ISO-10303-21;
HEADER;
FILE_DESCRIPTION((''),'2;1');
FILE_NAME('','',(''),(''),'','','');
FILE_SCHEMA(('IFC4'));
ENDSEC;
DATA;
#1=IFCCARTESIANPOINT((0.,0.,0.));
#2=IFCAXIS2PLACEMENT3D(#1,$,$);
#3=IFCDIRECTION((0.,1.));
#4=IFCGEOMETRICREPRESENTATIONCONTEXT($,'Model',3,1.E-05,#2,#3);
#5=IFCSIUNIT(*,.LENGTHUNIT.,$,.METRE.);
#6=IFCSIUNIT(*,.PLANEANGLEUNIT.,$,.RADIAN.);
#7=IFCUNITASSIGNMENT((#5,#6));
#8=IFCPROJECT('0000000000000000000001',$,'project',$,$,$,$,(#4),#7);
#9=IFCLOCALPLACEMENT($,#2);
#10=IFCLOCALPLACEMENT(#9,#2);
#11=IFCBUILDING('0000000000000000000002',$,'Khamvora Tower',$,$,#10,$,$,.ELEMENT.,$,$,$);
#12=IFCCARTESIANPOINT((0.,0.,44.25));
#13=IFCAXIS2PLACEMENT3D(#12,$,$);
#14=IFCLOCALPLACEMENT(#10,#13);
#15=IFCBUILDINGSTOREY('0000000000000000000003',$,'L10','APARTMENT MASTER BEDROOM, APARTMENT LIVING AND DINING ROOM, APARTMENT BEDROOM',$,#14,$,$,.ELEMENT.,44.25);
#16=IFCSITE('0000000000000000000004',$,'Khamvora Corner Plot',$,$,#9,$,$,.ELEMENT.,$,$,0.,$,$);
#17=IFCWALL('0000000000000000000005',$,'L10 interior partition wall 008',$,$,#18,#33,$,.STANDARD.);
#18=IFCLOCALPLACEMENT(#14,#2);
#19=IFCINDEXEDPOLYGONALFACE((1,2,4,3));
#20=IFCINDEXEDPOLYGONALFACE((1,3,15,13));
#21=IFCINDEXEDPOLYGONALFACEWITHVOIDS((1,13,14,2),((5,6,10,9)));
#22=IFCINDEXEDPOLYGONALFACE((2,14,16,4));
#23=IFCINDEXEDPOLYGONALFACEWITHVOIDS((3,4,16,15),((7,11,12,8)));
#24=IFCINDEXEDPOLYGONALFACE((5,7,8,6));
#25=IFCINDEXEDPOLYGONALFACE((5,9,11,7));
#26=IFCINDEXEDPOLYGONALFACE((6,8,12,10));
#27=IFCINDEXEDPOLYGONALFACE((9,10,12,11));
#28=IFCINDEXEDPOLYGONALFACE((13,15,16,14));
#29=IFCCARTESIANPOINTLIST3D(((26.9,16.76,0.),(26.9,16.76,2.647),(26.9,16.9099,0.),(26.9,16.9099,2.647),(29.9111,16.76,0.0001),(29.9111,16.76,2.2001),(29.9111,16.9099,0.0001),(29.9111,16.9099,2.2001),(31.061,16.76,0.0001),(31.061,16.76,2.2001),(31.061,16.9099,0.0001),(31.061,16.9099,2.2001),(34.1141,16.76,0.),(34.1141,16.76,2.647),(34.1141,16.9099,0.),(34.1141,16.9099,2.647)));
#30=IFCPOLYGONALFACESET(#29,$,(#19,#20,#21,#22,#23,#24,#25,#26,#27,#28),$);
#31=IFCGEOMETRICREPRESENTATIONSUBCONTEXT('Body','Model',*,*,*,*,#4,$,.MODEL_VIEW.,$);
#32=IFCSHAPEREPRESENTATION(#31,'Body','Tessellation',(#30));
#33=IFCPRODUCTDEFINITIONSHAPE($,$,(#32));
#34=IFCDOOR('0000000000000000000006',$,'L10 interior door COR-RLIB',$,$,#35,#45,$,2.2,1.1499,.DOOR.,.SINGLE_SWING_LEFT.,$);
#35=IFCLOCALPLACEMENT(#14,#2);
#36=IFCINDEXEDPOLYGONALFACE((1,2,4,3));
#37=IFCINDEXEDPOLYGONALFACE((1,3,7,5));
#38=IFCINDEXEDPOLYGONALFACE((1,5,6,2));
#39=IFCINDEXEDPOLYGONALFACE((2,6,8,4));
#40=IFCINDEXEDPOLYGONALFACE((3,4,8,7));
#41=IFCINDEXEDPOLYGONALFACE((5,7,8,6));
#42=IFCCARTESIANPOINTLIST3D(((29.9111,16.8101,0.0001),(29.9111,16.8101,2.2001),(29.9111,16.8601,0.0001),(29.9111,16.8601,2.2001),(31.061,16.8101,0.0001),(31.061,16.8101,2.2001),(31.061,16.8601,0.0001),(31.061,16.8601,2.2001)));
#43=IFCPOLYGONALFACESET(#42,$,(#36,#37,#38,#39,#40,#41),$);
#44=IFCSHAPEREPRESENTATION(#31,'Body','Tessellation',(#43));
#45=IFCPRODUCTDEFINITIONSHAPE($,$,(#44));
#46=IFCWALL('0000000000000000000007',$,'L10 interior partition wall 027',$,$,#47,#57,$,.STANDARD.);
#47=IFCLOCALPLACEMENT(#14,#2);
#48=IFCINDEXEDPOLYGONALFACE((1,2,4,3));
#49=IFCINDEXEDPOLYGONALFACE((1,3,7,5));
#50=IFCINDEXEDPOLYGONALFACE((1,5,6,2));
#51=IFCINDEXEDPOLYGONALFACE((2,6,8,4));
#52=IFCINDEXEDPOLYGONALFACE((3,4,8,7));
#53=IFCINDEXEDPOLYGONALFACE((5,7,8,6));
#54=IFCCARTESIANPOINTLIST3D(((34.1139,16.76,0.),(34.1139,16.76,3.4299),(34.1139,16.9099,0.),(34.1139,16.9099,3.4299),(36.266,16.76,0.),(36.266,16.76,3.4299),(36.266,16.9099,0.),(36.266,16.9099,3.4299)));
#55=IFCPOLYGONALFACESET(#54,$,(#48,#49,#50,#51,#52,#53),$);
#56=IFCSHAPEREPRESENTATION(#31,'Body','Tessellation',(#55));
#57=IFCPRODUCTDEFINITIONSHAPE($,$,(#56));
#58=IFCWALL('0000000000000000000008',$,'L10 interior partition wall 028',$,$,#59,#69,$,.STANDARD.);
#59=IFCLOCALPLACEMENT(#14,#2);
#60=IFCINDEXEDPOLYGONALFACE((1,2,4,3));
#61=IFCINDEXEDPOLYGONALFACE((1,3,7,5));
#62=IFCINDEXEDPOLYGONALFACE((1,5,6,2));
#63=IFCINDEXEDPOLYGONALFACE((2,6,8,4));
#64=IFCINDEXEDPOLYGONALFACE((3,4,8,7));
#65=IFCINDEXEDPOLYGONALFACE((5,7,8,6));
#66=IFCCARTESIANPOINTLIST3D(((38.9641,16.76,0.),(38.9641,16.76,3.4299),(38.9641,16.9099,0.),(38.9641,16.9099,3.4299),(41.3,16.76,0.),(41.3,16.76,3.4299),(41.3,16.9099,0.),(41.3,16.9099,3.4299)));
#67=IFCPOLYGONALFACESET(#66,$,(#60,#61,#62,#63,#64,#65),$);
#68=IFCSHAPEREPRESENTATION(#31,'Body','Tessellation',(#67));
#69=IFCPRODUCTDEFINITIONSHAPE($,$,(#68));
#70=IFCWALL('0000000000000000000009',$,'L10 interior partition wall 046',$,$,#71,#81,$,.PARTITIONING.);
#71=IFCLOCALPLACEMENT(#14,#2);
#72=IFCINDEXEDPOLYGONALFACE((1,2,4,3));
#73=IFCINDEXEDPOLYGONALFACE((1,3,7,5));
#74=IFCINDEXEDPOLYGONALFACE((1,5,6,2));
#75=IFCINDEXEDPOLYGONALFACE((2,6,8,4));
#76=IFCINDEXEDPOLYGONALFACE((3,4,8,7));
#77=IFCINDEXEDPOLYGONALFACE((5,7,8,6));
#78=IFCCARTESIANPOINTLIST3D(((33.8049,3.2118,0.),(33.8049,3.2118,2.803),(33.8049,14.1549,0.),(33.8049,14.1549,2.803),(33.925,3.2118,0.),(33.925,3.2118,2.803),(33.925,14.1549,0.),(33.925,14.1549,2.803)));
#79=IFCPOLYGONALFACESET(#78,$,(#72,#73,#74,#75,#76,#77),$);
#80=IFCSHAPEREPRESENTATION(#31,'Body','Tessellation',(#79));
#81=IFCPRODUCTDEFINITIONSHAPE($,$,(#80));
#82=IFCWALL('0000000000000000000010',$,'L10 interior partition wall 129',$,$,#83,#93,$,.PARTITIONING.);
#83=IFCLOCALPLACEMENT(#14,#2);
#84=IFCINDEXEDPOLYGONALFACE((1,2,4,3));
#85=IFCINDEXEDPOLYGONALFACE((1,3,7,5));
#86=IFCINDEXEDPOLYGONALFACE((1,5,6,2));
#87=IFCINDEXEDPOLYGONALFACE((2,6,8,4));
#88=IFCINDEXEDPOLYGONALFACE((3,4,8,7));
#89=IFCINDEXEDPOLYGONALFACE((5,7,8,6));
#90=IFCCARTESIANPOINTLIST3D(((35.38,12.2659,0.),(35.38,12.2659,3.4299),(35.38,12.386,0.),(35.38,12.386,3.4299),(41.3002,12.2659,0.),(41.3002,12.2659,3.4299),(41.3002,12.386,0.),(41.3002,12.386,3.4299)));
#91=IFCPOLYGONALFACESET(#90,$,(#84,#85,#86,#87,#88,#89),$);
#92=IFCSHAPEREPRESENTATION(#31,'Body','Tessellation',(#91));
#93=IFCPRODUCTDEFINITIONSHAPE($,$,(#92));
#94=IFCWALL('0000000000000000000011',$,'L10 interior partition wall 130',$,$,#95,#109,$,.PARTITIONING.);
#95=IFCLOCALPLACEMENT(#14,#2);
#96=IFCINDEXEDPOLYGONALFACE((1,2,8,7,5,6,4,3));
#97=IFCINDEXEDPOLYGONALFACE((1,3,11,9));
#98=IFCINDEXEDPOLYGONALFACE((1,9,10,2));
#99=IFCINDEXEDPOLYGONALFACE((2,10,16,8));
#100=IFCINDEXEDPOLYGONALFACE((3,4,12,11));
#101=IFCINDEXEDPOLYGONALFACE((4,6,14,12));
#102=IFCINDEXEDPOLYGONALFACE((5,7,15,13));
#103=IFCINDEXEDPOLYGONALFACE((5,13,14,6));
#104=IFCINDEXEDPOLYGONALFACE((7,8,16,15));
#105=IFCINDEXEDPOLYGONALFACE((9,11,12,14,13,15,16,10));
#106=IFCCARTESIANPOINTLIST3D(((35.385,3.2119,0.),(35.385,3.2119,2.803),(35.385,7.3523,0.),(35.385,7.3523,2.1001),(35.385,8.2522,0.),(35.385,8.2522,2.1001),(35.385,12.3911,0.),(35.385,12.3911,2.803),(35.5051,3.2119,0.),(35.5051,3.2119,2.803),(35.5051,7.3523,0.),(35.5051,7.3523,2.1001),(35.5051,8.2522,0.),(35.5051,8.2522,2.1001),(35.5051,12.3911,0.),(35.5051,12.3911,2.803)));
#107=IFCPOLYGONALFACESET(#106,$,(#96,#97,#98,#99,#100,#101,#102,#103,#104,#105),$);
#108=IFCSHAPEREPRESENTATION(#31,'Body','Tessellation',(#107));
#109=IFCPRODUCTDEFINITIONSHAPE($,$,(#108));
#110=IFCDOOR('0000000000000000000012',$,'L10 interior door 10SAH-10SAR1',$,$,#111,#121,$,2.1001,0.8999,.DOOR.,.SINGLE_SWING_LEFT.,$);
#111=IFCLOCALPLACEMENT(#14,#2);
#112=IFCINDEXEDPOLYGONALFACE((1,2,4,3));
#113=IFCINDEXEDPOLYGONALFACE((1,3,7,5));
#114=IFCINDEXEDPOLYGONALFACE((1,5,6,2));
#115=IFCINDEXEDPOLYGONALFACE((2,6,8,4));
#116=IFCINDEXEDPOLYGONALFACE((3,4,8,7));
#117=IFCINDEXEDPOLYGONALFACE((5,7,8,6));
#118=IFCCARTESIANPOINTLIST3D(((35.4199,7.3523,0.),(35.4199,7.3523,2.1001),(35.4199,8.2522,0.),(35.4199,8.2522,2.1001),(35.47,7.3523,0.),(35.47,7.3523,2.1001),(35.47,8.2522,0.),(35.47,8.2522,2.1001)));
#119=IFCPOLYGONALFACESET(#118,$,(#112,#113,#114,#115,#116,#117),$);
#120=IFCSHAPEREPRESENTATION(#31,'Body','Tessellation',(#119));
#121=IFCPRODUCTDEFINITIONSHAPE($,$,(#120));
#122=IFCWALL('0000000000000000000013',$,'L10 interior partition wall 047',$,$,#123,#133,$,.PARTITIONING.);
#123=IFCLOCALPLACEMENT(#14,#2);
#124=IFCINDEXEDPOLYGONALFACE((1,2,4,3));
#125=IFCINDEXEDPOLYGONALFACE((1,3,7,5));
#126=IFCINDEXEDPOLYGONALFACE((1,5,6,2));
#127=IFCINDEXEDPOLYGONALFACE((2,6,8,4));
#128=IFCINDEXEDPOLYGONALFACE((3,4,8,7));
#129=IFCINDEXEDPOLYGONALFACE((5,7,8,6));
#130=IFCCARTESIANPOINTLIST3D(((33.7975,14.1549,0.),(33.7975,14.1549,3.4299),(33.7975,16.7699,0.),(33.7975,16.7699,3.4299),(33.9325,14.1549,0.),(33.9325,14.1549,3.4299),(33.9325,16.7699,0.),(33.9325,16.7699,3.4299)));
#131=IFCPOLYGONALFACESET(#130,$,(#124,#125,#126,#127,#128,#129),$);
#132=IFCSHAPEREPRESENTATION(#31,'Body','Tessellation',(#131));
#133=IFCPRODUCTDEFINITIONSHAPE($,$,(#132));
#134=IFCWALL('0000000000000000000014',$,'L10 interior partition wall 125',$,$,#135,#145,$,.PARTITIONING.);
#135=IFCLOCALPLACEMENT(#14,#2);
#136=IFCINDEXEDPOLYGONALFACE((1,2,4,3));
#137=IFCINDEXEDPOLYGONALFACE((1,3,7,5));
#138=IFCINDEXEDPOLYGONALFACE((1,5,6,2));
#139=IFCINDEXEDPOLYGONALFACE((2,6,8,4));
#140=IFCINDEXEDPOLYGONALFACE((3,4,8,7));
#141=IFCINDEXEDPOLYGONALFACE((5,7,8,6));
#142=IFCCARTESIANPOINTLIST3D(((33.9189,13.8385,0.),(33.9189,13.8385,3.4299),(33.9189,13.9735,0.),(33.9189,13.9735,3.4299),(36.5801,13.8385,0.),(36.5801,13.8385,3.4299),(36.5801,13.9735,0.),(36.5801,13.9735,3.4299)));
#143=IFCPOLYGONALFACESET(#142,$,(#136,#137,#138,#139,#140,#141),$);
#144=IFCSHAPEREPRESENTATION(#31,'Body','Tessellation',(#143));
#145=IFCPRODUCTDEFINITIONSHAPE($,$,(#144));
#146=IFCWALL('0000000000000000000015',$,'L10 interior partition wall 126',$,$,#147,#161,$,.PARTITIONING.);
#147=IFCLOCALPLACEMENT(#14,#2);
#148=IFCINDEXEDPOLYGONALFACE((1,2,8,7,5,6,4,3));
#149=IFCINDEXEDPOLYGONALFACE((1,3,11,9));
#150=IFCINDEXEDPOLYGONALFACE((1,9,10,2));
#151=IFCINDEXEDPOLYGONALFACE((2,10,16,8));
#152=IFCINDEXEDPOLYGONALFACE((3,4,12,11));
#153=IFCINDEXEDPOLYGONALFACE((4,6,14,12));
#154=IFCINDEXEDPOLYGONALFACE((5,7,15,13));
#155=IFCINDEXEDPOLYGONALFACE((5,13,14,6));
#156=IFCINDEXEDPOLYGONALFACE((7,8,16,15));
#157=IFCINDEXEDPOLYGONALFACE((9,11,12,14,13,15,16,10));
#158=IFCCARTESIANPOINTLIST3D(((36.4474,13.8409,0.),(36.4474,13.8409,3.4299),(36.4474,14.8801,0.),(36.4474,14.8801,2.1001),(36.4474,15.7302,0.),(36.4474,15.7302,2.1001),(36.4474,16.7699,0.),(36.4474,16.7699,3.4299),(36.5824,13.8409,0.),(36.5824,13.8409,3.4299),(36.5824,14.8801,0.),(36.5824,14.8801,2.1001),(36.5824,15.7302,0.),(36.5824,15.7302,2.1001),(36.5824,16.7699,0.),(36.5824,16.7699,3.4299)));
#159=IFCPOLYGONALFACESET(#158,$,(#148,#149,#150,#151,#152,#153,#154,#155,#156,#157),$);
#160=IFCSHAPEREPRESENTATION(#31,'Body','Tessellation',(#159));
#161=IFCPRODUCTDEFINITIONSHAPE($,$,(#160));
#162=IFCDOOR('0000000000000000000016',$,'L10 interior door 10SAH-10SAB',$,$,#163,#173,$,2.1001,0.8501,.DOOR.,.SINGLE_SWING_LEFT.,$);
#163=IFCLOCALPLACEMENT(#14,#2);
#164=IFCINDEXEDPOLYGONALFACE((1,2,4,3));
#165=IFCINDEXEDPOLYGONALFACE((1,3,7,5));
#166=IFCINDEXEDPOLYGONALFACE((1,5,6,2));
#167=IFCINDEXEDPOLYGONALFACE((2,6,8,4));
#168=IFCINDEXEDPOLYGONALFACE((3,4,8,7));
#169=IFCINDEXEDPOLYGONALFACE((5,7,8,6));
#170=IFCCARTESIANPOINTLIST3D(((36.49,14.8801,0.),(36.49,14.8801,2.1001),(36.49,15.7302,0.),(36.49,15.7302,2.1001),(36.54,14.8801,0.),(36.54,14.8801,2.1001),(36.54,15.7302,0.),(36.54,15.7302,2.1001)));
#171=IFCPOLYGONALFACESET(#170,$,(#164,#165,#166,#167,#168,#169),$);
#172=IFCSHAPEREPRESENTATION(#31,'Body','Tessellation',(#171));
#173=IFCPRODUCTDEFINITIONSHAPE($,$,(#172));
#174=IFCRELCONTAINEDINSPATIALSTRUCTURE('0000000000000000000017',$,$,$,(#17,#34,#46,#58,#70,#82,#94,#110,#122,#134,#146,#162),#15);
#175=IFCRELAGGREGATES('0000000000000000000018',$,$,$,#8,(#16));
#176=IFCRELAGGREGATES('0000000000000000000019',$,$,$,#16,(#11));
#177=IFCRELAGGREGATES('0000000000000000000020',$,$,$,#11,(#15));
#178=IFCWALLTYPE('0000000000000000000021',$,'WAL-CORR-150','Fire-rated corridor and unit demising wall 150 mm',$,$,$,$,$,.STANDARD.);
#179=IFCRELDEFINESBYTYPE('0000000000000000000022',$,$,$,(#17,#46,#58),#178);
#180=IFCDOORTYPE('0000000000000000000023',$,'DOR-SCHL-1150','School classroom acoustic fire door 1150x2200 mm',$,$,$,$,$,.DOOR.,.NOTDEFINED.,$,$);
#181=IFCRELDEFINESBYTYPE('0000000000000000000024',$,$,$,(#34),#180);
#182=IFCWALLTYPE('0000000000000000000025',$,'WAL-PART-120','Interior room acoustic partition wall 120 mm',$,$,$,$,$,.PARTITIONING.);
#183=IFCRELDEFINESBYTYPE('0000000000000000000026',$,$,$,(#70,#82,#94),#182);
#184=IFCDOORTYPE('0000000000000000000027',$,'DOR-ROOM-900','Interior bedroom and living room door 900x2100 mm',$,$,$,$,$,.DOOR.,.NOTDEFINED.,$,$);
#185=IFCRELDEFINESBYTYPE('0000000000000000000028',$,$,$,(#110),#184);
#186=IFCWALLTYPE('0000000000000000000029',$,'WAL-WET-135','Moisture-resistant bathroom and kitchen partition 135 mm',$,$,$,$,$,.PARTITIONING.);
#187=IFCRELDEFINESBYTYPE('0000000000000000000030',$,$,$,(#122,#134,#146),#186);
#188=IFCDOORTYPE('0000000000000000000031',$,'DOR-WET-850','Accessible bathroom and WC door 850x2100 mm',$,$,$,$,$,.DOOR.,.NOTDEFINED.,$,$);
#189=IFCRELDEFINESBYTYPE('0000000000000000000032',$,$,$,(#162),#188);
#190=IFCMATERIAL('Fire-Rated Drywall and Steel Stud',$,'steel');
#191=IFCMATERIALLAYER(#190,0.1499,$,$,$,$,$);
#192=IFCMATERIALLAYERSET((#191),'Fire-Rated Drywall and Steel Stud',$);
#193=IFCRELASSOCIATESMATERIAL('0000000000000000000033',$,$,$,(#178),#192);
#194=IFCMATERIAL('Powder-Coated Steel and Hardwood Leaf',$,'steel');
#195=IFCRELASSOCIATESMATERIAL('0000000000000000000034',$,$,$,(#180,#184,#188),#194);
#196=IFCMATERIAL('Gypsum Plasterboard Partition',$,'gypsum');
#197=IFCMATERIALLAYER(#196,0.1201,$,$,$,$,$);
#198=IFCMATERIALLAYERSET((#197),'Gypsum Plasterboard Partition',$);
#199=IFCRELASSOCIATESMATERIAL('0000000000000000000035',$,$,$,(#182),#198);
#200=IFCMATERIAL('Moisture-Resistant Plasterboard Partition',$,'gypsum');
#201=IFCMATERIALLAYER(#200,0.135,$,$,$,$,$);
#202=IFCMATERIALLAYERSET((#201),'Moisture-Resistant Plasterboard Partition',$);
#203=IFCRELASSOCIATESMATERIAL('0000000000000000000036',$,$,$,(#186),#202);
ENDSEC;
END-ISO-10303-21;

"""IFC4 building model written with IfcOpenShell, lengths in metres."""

from ifc_helpers import new_model, si_unit, direction, frame, frame_2d, origin, place, context, subcontext, project, spatial, rectangle, extrude, material, layer, layer_set, type_object, element, fill, save


model = new_model("IFC4")

# Units and contexts
model_context = context("Model", 3, precision=1e-05, world=origin(), true_north=direction((0.0, 1.0)))
body_context = subcontext(model_context, "Body", "Model", "MODEL_VIEW")
ifc_project = project(units=[si_unit("LENGTHUNIT", "METRE"), si_unit("PLANEANGLEUNIT", "RADIAN")], contexts=[model_context])

# Site, building, storey
site_placement = place(None, origin())
site = spatial("IfcSite", under=ifc_project, at=site_placement, Name="Khamvora Corner Plot", CompositionType="ELEMENT", RefElevation=0.0)
building_placement = place(site_placement, origin())
building = spatial("IfcBuilding", under=site, at=building_placement, Name="Khamvora Tower", CompositionType="ELEMENT")
storey_placement = place(building_placement, frame((0.0, 0.0, 44.25)))
storey = spatial("IfcBuildingStorey", under=building, at=storey_placement, Name="L10", Description="APARTMENT MASTER BEDROOM, APARTMENT LIVING AND DINING ROOM, APARTMENT BEDROOM", CompositionType="ELEMENT", Elevation=44.25)

# Wall, opening, door
ifc_material_1 = material(Name="Powder-Coated Steel and Hardwood Leaf", Category="steel")
ifc_material_2 = material(Name="Fire-Rated Drywall and Steel Stud", Category="steel")
ifc_layer_1 = layer(ifc_material_2, 0.1499)
ifc_layer_set_1 = layer_set([ifc_layer_1], Name="Fire-Rated Drywall and Steel Stud")
wall_type_1 = type_object("IfcWallType", Name="WAL-CORR-150", Description="Fire-rated corridor and unit demising wall 150 mm", PredefinedType="STANDARD", material=ifc_layer_set_1)
wall_1_placement = place(storey_placement, frame((34.114, 16.835, 0.0), z_axis=(0.0, 0.0, 1.0), x_axis=(-1.0, 0.0, 0.0)))
wall_1 = element("IfcWall", 1, at=wall_1_placement, inside=storey, type_object=wall_type_1, Name="L10 interior partition wall 008", PredefinedType="STANDARD", context=body_context, shape_type="SweptSolid", body=[
    extrude(rectangle(XDim=7.2141, YDim=0.1499, at=frame_2d((3.6069, 0.0))), origin(), (0.0, 0.0, 1.0), 2.647),
])
opening_1_placement = place(wall_1_placement, frame((3.053, 0.0, 0.0)))
opening_1 = element("IfcOpeningElement", 2, at=opening_1_placement, cuts=wall_1, PredefinedType="OPENING", context=body_context, shape_type="SweptSolid", body=[
    extrude(rectangle(XDim=1.1499, YDim=2.2, at=frame_2d((0.575, 1.1001))), frame((0.0, 0.085, 0.0), z_axis=(0.0, -1.0, 0.0), x_axis=(1.0, 0.0, 0.0)), (0.0, 0.0, 1.0), 0.1699),
])
door_type_1 = type_object("IfcDoorType", Name="DOR-SCHL-1150", Description="School classroom acoustic fire door 1150x2200 mm", OperationType="NOTDEFINED", PredefinedType="DOOR", material=ifc_material_1)
door_1_placement = place(opening_1_placement, origin())
door_1 = element("IfcDoor", 3, at=door_1_placement, inside=storey, type_object=door_type_1, Name="L10 interior door COR-RLIB", OperationType="SINGLE_SWING_LEFT", OverallHeight=2.2, OverallWidth=1.1499, PredefinedType="DOOR", context=body_context, shape_type="SweptSolid", body=[
    extrude(rectangle(XDim=1.1499, YDim=2.2, at=frame_2d((0.575, 1.1001))), frame((0.0, 0.0249, 0.0), z_axis=(0.0, -1.0, 0.0), x_axis=(1.0, 0.0, 0.0)), (0.0, 0.0, 1.0), 0.05),
])
fill(opening_1, door_1)

# Walls
wall_2_placement = place(storey_placement, frame((36.2661, 16.835, 0.0), z_axis=(0.0, 0.0, 1.0), x_axis=(-1.0, 0.0, 0.0)))
element("IfcWall", 4, at=wall_2_placement, inside=storey, type_object=wall_type_1, Name="L10 interior partition wall 027", PredefinedType="STANDARD", context=body_context, shape_type="SweptSolid", body=[
    extrude(rectangle(XDim=2.1521, YDim=0.1499, at=frame_2d((1.0762, 0.0))), origin(), (0.0, 0.0, 1.0), 3.4299),
])
wall_3_placement = place(storey_placement, frame((41.3, 16.835, 0.0), z_axis=(0.0, 0.0, 1.0), x_axis=(-1.0, 0.0, 0.0)))
element("IfcWall", 5, at=wall_3_placement, inside=storey, type_object=wall_type_1, Name="L10 interior partition wall 028", PredefinedType="STANDARD", context=body_context, shape_type="SweptSolid", body=[
    extrude(rectangle(XDim=2.3359, YDim=0.1499, at=frame_2d((1.168, 0.0))), origin(), (0.0, 0.0, 1.0), 3.4299),
])
ifc_material_3 = material(Name="Gypsum Plasterboard Partition", Category="gypsum")
ifc_layer_2 = layer(ifc_material_3, 0.1201)
ifc_layer_set_2 = layer_set([ifc_layer_2], Name="Gypsum Plasterboard Partition")
wall_type_2 = type_object("IfcWallType", Name="WAL-PART-120", Description="Interior room acoustic partition wall 120 mm", PredefinedType="PARTITIONING", material=ifc_layer_set_2)
wall_4_placement = place(storey_placement, frame((33.865, 14.155, 0.0), z_axis=(0.0, 0.0, 1.0), x_axis=(0.0, -1.0, 0.0)))
element("IfcWall", 6, at=wall_4_placement, inside=storey, type_object=wall_type_2, Name="L10 interior partition wall 046", PredefinedType="PARTITIONING", context=body_context, shape_type="SweptSolid", body=[
    extrude(rectangle(XDim=10.9431, YDim=0.1201, at=frame_2d((5.4717, 0.0))), origin(), (0.0, 0.0, 1.0), 2.803),
])
wall_5_placement = place(storey_placement, frame((41.3, 12.3259, 0.0), z_axis=(0.0, 0.0, 1.0), x_axis=(-1.0, 0.0, 0.0)))
element("IfcWall", 7, at=wall_5_placement, inside=storey, type_object=wall_type_2, Name="L10 interior partition wall 129", PredefinedType="PARTITIONING", context=body_context, shape_type="SweptSolid", body=[
    extrude(rectangle(XDim=5.9202, YDim=0.1201, at=frame_2d((2.96, 0.0))), origin(), (0.0, 0.0, 1.0), 3.4299),
])

# Wall, opening, door
wall_6_placement = place(storey_placement, frame((35.4451, 12.3911, 0.0), z_axis=(0.0, 0.0, 1.0), x_axis=(0.0, -1.0, 0.0)))
wall_6 = element("IfcWall", 8, at=wall_6_placement, inside=storey, type_object=wall_type_2, Name="L10 interior partition wall 130", PredefinedType="PARTITIONING", context=body_context, shape_type="SweptSolid", body=[
    extrude(rectangle(XDim=9.1792, YDim=0.1201, at=frame_2d((4.5896, 0.0))), origin(), (0.0, 0.0, 1.0), 2.803),
])
opening_2_placement = place(wall_6_placement, frame((4.1389, 0.0, 0.0)))
opening_2 = element("IfcOpeningElement", 9, at=opening_2_placement, cuts=wall_6, PredefinedType="OPENING", context=body_context, shape_type="SweptSolid", body=[
    extrude(rectangle(XDim=0.8999, YDim=2.1001, at=frame_2d((0.45, 1.05))), frame((0.0, 0.0701, 0.0), z_axis=(0.0, -1.0, 0.0), x_axis=(1.0, 0.0, 0.0)), (0.0, 0.0, 1.0), 0.1401),
])
door_type_2 = type_object("IfcDoorType", Name="DOR-ROOM-900", Description="Interior bedroom and living room door 900x2100 mm", OperationType="NOTDEFINED", PredefinedType="DOOR", material=ifc_material_1)
door_2_placement = place(opening_2_placement, origin())
door_2 = element("IfcDoor", 10, at=door_2_placement, inside=storey, type_object=door_type_2, Name="L10 interior door 10SAH-10SAR1", OperationType="SINGLE_SWING_LEFT", OverallHeight=2.1001, OverallWidth=0.8999, PredefinedType="DOOR", context=body_context, shape_type="SweptSolid", body=[
    extrude(rectangle(XDim=0.8999, YDim=2.1001, at=frame_2d((0.45, 1.05))), frame((0.0, 0.0249, 0.0), z_axis=(0.0, -1.0, 0.0), x_axis=(1.0, 0.0, 0.0)), (0.0, 0.0, 1.0), 0.05),
])
fill(opening_2, door_2)

# Walls
ifc_material_4 = material(Name="Moisture-Resistant Plasterboard Partition", Category="gypsum")
ifc_layer_3 = layer(ifc_material_4, 0.135)
ifc_layer_set_3 = layer_set([ifc_layer_3], Name="Moisture-Resistant Plasterboard Partition")
wall_type_3 = type_object("IfcWallType", Name="WAL-WET-135", Description="Moisture-resistant bathroom and kitchen partition 135 mm", PredefinedType="PARTITIONING", material=ifc_layer_set_3)
wall_7_placement = place(storey_placement, frame((33.865, 16.77, 0.0), z_axis=(0.0, 0.0, 1.0), x_axis=(0.0, -1.0, 0.0)))
element("IfcWall", 11, at=wall_7_placement, inside=storey, type_object=wall_type_3, Name="L10 interior partition wall 047", PredefinedType="PARTITIONING", context=body_context, shape_type="SweptSolid", body=[
    extrude(rectangle(XDim=2.615, YDim=0.135, at=frame_2d((1.3076, 0.0))), origin(), (0.0, 0.0, 1.0), 3.4299),
])
wall_8_placement = place(storey_placement, frame((33.9189, 13.906, 0.0), z_axis=(0.0, 0.0, 1.0), x_axis=(1.0, 0.0, 0.0)))
element("IfcWall", 12, at=wall_8_placement, inside=storey, type_object=wall_type_3, Name="L10 interior partition wall 125", PredefinedType="PARTITIONING", context=body_context, shape_type="SweptSolid", body=[
    extrude(rectangle(XDim=2.6611, YDim=0.135, at=frame_2d((1.3306, 0.0))), origin(), (0.0, 0.0, 1.0), 3.4299),
])

# Wall, opening, door
wall_9_placement = place(storey_placement, frame((36.5149, 13.8411, 0.0), z_axis=(0.0, 0.0, 1.0), x_axis=(0.0, 1.0, 0.0)))
wall_9 = element("IfcWall", 13, at=wall_9_placement, inside=storey, type_object=wall_type_3, Name="L10 interior partition wall 126", PredefinedType="PARTITIONING", context=body_context, shape_type="SweptSolid", body=[
    extrude(rectangle(XDim=2.929, YDim=0.135, at=frame_2d((1.4644, 0.0))), origin(), (0.0, 0.0, 1.0), 3.4299),
])
opening_3_placement = place(wall_9_placement, frame((1.0391, 0.0, 0.0)))
opening_3 = element("IfcOpeningElement", 14, at=opening_3_placement, cuts=wall_9, PredefinedType="OPENING", context=body_context, shape_type="SweptSolid", body=[
    extrude(rectangle(XDim=0.8501, YDim=2.1001, at=frame_2d((0.425, 1.05))), frame((0.0, 0.0774, 0.0), z_axis=(0.0, -1.0, 0.0), x_axis=(1.0, 0.0, 0.0)), (0.0, 0.0, 1.0), 0.155),
])
door_type_3 = type_object("IfcDoorType", Name="DOR-WET-850", Description="Accessible bathroom and WC door 850x2100 mm", OperationType="NOTDEFINED", PredefinedType="DOOR", material=ifc_material_1)
door_3_placement = place(opening_3_placement, origin())
door_3 = element("IfcDoor", 15, at=door_3_placement, inside=storey, type_object=door_type_3, Name="L10 interior door 10SAH-10SAB", OperationType="SINGLE_SWING_LEFT", OverallHeight=2.1001, OverallWidth=0.8501, PredefinedType="DOOR", context=body_context, shape_type="SweptSolid", body=[
    extrude(rectangle(XDim=0.8501, YDim=2.1001, at=frame_2d((0.425, 1.05))), frame((0.0, 0.0249, 0.0), z_axis=(0.0, -1.0, 0.0), x_axis=(1.0, 0.0, 0.0)), (0.0, 0.0, 1.0), 0.05),
])
fill(opening_3, door_3)

save(model, "model.ifc")
